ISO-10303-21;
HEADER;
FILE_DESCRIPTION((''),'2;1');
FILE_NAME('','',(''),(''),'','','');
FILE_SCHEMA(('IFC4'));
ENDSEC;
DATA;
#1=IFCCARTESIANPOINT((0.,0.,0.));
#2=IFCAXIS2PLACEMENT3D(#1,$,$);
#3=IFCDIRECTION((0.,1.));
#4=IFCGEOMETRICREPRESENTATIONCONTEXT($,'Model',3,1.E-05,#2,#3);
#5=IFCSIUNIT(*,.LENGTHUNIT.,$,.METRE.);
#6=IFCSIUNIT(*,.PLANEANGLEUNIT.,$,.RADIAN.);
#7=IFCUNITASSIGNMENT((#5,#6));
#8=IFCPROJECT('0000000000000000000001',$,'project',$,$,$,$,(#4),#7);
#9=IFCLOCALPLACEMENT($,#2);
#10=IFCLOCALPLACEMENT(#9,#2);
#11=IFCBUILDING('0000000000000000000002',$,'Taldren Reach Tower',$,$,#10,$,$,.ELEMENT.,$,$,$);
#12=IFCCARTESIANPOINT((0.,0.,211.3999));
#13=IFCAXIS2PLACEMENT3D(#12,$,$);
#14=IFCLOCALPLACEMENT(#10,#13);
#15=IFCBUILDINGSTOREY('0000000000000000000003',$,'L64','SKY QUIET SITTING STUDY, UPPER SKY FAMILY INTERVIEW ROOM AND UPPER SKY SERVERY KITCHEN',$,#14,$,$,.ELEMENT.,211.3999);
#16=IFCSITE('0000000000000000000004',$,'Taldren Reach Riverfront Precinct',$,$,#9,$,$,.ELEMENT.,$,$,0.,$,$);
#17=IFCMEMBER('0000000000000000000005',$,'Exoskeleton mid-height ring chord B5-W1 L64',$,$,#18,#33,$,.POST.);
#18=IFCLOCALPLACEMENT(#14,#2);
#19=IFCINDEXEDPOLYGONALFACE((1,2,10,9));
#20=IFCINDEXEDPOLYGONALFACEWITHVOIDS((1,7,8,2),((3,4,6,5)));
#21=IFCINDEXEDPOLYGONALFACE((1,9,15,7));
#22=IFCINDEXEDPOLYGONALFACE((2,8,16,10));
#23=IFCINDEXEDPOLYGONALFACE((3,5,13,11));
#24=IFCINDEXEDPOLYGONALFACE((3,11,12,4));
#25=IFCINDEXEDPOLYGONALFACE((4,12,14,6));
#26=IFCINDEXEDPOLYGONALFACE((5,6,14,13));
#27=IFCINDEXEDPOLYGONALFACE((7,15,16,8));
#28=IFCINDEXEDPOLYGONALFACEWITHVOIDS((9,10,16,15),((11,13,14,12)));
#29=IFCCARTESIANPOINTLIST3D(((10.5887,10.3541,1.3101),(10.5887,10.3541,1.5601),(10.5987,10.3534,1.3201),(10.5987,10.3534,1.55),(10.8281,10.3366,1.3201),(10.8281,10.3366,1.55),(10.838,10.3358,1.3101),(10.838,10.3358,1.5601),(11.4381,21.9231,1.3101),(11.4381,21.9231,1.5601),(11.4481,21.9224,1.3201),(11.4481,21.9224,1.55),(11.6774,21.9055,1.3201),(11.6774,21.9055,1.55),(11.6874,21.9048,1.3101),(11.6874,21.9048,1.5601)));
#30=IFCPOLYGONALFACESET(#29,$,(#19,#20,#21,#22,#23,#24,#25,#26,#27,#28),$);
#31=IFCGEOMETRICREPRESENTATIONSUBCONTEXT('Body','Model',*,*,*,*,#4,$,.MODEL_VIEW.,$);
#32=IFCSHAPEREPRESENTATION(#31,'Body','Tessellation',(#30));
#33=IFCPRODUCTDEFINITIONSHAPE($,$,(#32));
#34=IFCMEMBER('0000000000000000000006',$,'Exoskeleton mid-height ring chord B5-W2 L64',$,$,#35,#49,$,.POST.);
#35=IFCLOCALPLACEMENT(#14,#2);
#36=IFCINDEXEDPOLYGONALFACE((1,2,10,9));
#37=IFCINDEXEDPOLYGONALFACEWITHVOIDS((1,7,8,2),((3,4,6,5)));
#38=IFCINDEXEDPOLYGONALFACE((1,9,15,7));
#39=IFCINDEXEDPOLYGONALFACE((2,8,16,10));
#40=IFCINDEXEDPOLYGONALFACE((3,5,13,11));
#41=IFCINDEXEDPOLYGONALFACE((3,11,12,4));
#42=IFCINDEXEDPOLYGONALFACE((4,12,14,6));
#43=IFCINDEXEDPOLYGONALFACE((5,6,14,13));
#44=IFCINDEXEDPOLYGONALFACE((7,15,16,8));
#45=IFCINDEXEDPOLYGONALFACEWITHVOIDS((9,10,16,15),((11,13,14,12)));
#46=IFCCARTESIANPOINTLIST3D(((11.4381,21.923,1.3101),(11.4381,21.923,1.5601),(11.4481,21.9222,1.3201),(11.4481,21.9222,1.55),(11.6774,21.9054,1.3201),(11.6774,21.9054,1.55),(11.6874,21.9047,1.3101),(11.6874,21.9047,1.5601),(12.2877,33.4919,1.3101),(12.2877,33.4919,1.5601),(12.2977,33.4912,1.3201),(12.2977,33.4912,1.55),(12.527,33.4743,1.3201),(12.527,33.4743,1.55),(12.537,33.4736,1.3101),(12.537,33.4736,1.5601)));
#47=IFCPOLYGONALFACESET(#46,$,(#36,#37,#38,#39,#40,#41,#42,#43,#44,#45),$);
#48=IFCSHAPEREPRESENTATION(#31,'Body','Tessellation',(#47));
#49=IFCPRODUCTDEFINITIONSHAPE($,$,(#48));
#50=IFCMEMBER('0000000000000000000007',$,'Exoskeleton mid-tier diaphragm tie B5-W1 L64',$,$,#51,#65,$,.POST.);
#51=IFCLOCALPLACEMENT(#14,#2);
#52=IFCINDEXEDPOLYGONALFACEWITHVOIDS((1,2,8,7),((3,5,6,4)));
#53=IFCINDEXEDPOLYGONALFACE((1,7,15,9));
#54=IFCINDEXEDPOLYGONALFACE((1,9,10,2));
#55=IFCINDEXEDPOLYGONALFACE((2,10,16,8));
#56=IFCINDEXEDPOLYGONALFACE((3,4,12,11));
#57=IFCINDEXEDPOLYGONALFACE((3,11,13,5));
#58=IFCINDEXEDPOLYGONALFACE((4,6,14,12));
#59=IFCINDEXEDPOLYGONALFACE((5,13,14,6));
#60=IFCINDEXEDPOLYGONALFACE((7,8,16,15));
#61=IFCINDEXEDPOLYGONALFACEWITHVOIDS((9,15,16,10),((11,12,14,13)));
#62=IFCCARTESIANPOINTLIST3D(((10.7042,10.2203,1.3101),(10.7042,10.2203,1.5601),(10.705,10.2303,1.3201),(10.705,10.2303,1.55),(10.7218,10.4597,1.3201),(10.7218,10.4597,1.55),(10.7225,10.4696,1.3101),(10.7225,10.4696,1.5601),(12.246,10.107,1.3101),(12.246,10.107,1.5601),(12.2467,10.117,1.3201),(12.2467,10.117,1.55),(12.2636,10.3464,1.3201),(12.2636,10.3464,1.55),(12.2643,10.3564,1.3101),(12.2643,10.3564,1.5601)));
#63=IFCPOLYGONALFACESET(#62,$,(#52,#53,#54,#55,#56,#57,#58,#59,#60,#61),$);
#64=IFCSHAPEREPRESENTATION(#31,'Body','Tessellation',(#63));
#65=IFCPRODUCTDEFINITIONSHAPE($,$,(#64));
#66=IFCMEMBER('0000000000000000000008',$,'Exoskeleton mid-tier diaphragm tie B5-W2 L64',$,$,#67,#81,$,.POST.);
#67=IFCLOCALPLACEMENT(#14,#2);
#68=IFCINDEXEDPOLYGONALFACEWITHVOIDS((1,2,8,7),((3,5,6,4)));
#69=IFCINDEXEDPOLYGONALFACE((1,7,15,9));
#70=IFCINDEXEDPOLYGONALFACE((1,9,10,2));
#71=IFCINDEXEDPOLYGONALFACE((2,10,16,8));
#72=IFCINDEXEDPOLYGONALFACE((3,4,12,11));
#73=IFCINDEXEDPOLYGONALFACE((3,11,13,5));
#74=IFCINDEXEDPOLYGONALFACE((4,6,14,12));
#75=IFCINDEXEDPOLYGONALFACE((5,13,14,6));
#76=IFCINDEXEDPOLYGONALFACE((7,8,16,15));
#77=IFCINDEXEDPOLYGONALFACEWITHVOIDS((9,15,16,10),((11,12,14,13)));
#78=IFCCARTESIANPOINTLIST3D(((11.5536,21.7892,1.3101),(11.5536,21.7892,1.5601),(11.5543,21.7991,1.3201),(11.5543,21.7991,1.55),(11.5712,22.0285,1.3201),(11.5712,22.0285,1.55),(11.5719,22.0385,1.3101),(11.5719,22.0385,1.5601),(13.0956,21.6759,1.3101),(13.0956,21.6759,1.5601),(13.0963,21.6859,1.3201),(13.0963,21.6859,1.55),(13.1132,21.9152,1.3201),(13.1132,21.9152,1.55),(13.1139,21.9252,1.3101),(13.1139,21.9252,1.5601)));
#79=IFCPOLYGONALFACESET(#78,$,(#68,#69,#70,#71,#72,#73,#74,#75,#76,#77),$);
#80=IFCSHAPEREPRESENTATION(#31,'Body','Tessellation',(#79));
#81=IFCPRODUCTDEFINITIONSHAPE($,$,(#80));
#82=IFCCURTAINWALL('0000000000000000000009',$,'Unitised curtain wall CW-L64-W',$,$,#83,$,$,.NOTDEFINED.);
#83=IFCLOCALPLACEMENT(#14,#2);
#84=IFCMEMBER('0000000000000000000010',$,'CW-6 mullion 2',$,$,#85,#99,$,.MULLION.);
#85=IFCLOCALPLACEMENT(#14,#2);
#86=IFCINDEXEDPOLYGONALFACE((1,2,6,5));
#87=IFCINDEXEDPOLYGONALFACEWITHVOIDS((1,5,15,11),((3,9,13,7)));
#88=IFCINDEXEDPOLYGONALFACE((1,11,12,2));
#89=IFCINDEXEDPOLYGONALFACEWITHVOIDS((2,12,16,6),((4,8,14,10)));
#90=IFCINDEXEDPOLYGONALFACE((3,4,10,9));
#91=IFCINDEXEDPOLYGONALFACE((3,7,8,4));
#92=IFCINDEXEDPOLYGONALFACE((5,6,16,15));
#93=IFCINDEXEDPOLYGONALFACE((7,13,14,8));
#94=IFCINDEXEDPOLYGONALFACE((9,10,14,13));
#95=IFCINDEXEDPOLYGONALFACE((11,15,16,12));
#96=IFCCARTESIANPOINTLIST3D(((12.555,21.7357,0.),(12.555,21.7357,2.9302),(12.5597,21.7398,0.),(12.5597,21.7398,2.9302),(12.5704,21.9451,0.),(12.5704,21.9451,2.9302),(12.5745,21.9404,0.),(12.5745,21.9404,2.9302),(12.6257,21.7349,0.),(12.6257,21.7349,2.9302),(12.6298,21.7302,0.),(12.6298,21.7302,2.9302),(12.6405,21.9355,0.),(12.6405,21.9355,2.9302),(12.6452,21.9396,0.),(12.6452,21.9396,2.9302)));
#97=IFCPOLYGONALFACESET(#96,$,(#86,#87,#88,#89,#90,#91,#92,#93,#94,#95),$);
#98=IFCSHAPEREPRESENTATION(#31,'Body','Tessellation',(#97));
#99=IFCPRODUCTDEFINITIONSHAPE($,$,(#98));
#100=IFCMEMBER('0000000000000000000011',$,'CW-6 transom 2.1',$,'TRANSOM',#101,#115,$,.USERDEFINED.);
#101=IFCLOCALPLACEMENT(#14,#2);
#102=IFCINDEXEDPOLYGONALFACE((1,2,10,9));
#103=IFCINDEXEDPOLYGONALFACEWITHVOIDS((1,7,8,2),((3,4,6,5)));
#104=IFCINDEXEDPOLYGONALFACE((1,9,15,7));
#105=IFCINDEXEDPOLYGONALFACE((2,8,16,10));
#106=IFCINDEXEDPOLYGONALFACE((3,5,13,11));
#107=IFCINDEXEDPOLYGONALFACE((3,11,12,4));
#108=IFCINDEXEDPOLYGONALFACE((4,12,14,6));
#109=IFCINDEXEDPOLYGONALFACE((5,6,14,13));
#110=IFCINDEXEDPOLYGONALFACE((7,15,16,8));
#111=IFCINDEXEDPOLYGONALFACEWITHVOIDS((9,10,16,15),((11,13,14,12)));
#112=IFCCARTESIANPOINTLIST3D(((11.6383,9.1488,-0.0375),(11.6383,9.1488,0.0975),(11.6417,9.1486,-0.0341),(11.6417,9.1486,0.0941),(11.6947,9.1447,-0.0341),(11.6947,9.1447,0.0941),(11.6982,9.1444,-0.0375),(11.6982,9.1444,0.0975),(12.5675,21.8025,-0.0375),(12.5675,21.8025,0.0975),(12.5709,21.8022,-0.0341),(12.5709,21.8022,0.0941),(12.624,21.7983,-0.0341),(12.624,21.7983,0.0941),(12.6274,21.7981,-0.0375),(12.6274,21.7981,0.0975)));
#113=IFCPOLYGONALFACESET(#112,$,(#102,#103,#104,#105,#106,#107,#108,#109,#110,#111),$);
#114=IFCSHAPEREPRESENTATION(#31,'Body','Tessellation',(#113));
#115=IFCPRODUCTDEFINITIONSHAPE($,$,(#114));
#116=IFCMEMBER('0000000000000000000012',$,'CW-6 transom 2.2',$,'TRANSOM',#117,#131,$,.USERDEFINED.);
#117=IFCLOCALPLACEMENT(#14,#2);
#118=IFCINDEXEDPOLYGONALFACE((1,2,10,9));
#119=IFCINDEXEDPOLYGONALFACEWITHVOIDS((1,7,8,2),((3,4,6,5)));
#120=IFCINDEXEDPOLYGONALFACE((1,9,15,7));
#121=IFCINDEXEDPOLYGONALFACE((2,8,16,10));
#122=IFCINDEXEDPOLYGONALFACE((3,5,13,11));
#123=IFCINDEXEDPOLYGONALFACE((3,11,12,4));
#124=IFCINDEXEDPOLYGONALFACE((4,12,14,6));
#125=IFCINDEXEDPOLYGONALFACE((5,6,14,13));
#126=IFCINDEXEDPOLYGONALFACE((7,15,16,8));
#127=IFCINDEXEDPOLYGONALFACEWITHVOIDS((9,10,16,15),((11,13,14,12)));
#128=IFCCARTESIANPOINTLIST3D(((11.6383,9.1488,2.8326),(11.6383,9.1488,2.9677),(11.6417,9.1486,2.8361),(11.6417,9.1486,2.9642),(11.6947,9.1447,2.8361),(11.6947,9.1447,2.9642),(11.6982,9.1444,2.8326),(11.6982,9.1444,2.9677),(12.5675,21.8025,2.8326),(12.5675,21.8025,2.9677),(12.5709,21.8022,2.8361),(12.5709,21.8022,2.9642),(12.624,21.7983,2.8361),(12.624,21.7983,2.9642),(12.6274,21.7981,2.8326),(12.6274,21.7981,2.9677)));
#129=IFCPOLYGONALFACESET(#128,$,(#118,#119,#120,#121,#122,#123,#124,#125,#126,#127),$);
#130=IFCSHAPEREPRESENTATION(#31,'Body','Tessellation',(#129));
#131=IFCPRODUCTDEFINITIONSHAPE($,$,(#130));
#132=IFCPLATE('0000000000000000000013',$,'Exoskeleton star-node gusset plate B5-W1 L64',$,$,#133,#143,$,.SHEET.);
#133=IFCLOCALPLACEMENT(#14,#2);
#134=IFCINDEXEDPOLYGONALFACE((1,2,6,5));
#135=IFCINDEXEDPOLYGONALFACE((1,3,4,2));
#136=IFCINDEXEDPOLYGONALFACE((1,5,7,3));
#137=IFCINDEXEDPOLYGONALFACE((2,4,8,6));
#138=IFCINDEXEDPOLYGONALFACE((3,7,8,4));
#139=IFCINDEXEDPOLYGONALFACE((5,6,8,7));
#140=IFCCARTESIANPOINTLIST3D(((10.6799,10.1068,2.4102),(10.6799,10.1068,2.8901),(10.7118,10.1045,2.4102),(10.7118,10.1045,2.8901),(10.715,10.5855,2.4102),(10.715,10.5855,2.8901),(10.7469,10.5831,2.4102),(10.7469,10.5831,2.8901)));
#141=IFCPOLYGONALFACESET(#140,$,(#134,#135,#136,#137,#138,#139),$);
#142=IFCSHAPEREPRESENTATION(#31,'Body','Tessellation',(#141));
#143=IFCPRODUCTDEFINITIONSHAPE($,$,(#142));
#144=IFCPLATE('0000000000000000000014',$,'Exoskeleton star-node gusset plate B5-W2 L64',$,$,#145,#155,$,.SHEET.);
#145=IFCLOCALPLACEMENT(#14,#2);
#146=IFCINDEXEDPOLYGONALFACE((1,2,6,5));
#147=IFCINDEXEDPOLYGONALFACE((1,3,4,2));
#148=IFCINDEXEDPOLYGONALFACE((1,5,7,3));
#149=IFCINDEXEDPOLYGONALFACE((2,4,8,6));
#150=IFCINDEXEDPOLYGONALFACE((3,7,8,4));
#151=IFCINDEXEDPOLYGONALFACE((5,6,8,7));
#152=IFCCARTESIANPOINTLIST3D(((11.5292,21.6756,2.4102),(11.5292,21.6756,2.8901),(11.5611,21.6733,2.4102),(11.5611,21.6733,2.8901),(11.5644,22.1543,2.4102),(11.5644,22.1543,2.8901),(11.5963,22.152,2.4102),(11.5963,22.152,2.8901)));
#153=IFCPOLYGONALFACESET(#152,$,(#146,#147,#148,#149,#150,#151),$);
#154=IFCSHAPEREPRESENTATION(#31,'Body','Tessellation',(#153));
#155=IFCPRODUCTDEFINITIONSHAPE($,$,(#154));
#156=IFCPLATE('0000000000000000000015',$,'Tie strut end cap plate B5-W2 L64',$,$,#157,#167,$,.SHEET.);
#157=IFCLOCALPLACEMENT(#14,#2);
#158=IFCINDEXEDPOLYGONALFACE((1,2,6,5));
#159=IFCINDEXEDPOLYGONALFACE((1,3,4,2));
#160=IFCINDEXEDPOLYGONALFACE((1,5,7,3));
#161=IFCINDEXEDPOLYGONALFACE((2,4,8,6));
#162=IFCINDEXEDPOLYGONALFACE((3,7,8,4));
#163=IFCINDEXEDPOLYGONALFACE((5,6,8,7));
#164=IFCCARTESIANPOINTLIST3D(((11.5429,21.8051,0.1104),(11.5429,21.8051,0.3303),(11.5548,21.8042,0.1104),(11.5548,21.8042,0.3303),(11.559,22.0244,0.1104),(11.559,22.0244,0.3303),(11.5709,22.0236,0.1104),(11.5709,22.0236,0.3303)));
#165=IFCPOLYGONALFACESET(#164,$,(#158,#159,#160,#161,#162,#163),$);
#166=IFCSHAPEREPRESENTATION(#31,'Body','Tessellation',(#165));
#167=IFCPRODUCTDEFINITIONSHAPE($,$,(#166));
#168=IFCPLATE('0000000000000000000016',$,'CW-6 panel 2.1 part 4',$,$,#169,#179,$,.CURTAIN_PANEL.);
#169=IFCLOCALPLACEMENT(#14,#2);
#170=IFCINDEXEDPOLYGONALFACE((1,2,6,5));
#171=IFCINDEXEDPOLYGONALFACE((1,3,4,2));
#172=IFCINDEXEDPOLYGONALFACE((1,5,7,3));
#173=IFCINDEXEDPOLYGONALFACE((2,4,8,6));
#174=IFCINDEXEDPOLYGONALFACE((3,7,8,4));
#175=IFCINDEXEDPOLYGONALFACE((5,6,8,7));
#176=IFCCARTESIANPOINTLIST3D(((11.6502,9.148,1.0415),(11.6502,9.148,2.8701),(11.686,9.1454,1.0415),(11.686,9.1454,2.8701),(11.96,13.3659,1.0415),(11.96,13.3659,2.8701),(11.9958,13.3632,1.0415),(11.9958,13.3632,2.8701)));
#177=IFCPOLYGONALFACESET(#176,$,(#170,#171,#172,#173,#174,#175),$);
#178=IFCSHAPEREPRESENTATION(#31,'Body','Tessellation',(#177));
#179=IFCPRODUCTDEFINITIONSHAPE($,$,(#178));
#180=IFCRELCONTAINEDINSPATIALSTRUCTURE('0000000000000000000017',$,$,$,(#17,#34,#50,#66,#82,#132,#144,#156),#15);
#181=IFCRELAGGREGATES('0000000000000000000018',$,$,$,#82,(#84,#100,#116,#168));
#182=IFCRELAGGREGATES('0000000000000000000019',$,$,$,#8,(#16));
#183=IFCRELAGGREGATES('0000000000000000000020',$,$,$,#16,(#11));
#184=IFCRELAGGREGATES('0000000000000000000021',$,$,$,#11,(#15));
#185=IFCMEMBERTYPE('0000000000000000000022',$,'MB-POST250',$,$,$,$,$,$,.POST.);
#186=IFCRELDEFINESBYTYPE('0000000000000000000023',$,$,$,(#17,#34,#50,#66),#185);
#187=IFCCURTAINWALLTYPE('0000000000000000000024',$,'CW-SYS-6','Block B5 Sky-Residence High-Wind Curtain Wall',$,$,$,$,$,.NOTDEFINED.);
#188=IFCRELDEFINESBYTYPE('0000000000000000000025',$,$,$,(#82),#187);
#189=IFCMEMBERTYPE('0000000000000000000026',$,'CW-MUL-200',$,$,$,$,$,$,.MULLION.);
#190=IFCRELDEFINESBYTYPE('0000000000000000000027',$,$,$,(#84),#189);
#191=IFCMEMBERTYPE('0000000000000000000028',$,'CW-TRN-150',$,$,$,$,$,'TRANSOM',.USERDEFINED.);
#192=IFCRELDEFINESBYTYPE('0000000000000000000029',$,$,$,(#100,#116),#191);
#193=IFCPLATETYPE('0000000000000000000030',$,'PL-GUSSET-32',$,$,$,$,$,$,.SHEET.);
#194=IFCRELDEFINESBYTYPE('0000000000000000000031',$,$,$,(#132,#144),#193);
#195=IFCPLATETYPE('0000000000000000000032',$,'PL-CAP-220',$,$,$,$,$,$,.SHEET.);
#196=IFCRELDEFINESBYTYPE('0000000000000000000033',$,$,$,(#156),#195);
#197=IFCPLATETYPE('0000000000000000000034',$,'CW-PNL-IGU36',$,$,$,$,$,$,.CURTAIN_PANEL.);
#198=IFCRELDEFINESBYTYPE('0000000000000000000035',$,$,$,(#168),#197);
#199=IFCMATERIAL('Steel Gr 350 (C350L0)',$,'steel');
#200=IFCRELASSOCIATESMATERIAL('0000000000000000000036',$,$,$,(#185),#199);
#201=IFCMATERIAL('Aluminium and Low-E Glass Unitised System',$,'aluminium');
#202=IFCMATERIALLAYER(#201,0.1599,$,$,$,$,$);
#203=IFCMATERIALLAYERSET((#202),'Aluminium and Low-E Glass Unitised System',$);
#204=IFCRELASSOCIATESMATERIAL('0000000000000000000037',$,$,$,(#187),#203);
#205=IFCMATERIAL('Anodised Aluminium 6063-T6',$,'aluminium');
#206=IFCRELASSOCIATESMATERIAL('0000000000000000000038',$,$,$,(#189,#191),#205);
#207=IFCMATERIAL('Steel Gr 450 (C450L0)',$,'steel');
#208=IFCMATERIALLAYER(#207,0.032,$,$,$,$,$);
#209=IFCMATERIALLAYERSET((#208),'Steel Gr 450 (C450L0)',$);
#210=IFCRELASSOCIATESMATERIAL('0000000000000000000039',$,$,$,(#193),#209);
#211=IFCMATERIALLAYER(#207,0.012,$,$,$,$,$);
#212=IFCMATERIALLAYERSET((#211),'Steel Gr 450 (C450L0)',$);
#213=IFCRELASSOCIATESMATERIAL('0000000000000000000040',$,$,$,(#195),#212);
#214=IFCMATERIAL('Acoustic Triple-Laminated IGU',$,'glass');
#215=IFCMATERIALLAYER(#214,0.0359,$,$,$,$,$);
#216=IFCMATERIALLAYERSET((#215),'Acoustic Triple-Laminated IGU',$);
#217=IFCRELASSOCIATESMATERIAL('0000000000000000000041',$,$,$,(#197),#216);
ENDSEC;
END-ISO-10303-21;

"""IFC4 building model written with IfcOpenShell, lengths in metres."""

from ifc_helpers import new_model, si_unit, direction, frame, origin, origin_2d, place, context, subcontext, project, spatial, rectangle, hollow_rectangle, extrude, source, transform, mapped, material, layer, layer_set, material_profile, profile_set, type_object, element, aggregate, save


model = new_model("IFC4")

# Units and contexts
model_context = context("Model", 3, precision=1e-05, world=origin(), true_north=direction((0.0, 1.0)))
body_context = subcontext(model_context, "Body", "Model", "MODEL_VIEW")
ifc_project = project(units=[si_unit("LENGTHUNIT", "METRE"), si_unit("PLANEANGLEUNIT", "RADIAN")], contexts=[model_context])

# Site, building, storey
site_placement = place(None, origin())
site = spatial("IfcSite", under=ifc_project, at=site_placement, Name="Taldren Reach Riverfront Precinct", CompositionType="ELEMENT", RefElevation=0.0)
building_placement = place(site_placement, origin())
building = spatial("IfcBuilding", under=site, at=building_placement, Name="Taldren Reach Tower", CompositionType="ELEMENT")
storey_placement = place(building_placement, frame((0.0, 0.0, 211.3999)))
storey = spatial("IfcBuildingStorey", under=building, at=storey_placement, Name="L64", Description="SKY QUIET SITTING STUDY, UPPER SKY FAMILY INTERVIEW ROOM AND UPPER SKY SERVERY KITCHEN", CompositionType="ELEMENT", Elevation=211.3999)

# Members
ifc_material_1 = material(Name="Steel Gr 450 (C450L0)", Category="steel")
ifc_material_2 = material(Name="Steel Gr 350 (C350L0)", Category="steel")
ifc_material_profile_1 = material_profile(ifc_material_2, hollow_rectangle(XDim=0.25, YDim=0.25, WallThickness=0.01, at=origin_2d()), Name="250x250x10.0SHS")
ifc_profile_set_1 = profile_set([ifc_material_profile_1], Name="Steel Gr 350 (C350L0)")
member_type_1 = type_object("IfcMemberType", Name="MB-POST250", PredefinedType="POST", material=ifc_profile_set_1)
shared_shape_1 = source(origin(), body_context, "Body", "SweptSolid", [
    extrude(hollow_rectangle(XDim=0.25, YDim=0.25, WallThickness=0.01, at=origin_2d()), origin(), (0.0, 0.0, 1.0), 11.6001),
])
for number, where, z_axis, x_axis, name in (
    (1, (10.7134, 10.345, 1.4351), (0.073221, 0.997316, 0.0), (-0.997316, 0.073221, 0.0), "Exoskeleton mid-height ring chord B5-W1 L64"),
    (2, (11.5627, 21.9138, 1.4351), (0.073242, 0.997314, 0.0), (-0.997314, 0.073242, 0.0), "Exoskeleton mid-height ring chord B5-W2 L64"),
):
    element("IfcMember", number, at=place(storey_placement, frame(where, z_axis=z_axis, x_axis=x_axis)), inside=storey, type_object=member_type_1, Name=name, PredefinedType="POST", context=body_context, shape_type="MappedRepresentation", body=[
        mapped(shared_shape_1, transform((0.0, 0.0, 0.0), scale=1.0)),
    ])
shared_shape_2 = source(origin(), body_context, "Body", "SweptSolid", [
    extrude(hollow_rectangle(XDim=0.25, YDim=0.25, WallThickness=0.01, at=origin_2d()), origin(), (0.0, 0.0, 1.0), 1.5459),
])
member_1_placement = place(storey_placement, frame((12.2551, 10.2317, 1.4351), z_axis=(-0.997312, 0.073278, 0.0), x_axis=(-0.073278, -0.997312, 0.0)))
element("IfcMember", 3, at=member_1_placement, inside=storey, type_object=member_type_1, Name="Exoskeleton mid-tier diaphragm tie B5-W1 L64", PredefinedType="POST", context=body_context, shape_type="MappedRepresentation", body=[
    mapped(shared_shape_2, transform((0.0, 0.0, 0.0), scale=1.0)),
])
shared_shape_3 = source(origin(), body_context, "Body", "SweptSolid", [
    extrude(hollow_rectangle(XDim=0.25, YDim=0.25, WallThickness=0.01, at=origin_2d()), origin(), (0.0, 0.0, 1.0), 1.5461),
])
member_2_placement = place(storey_placement, frame((13.1047, 21.8005, 1.4351), z_axis=(-0.997312, 0.073267, 0.0), x_axis=(-0.073267, -0.997312, 0.0)))
element("IfcMember", 4, at=member_2_placement, inside=storey, type_object=member_type_1, Name="Exoskeleton mid-tier diaphragm tie B5-W2 L64", PredefinedType="POST", context=body_context, shape_type="MappedRepresentation", body=[
    mapped(shared_shape_3, transform((0.0, 0.0, 0.0), scale=1.0)),
])

# Curtain wall, members
ifc_material_3 = material(Name="Aluminium and Low-E Glass Unitised System", Category="aluminium")
ifc_layer_1 = layer(ifc_material_3, 0.1599)
ifc_layer_set_1 = layer_set([ifc_layer_1], Name="Aluminium and Low-E Glass Unitised System")
curtain_wall_type = type_object("IfcCurtainWallType", Name="CW-SYS-6", Description="Block B5 Sky-Residence High-Wind Curtain Wall", PredefinedType="NOTDEFINED", material=ifc_layer_set_1)
curtain_wall_placement = place(storey_placement, origin())
curtain_wall = element("IfcCurtainWall", 5, at=curtain_wall_placement, inside=storey, type_object=curtain_wall_type, Name="Unitised curtain wall CW-L64-W", PredefinedType="NOTDEFINED")
ifc_material_4 = material(Name="Anodised Aluminium 6063-T6", Category="aluminium")
ifc_material_profile_2 = material_profile(ifc_material_4, hollow_rectangle(XDim=0.075, YDim=0.21, WallThickness=0.0044, at=origin_2d()), Name="ALU-210x75x4.5RHS")
ifc_profile_set_2 = profile_set([ifc_material_profile_2], Name="Anodised Aluminium 6063-T6")
member_type_2 = type_object("IfcMemberType", Name="CW-MUL-200", PredefinedType="MULLION", material=ifc_profile_set_2)
shared_shape_4 = source(origin(), body_context, "Body", "SweptSolid", [
    extrude(hollow_rectangle(XDim=0.075, YDim=0.21, WallThickness=0.0044, at=origin_2d()), origin(), (0.0, 0.0, 1.0), 2.9302),
])
member_3_placement = place(storey_placement, frame((12.6001, 21.8376, 0.0), z_axis=(0.0, 0.0, 1.0), x_axis=(0.997314, -0.073238, 0.0)))
member_3 = element("IfcMember", 6, at=member_3_placement, type_object=member_type_2, Name="CW-6 mullion 2", PredefinedType="MULLION", context=body_context, shape_type="MappedRepresentation", body=[
    mapped(shared_shape_4, transform((0.0, 0.0, 0.0), scale=1.0)),
])
ifc_material_profile_3 = material_profile(ifc_material_4, hollow_rectangle(XDim=0.0601, YDim=0.135, WallThickness=0.0034, at=origin_2d()), Name="ALU-135x60x3.5RHS")
ifc_profile_set_3 = profile_set([ifc_material_profile_3], Name="Anodised Aluminium 6063-T6")
member_type_3 = type_object("IfcMemberType", Name="CW-TRN-150", ElementType="TRANSOM", PredefinedType="USERDEFINED", material=ifc_profile_set_3)
shared_shape_5 = source(origin(), body_context, "Body", "SweptSolid", [
    extrude(hollow_rectangle(XDim=0.0601, YDim=0.135, WallThickness=0.0034, at=origin_2d()), origin(), (0.0, 0.0, 1.0), 12.6877),
])
member_4_placement = place(storey_placement, frame((12.5974, 21.8003, 0.03), z_axis=(-0.073237, -0.997315, 0.0), x_axis=(0.997315, -0.073237, 0.0)))
member_4 = element("IfcMember", 7, at=member_4_placement, type_object=member_type_3, Name="CW-6 transom 2.1", ObjectType="TRANSOM", PredefinedType="USERDEFINED", context=body_context, shape_type="MappedRepresentation", body=[
    mapped(shared_shape_5, transform((0.0, 0.0, 0.0), scale=1.0)),
])
member_5_placement = place(storey_placement, frame((12.5974, 21.8003, 2.9001), z_axis=(-0.073237, -0.997315, 0.0), x_axis=(0.997315, -0.073237, 0.0)))
member_5 = element("IfcMember", 8, at=member_5_placement, type_object=member_type_3, Name="CW-6 transom 2.2", ObjectType="TRANSOM", PredefinedType="USERDEFINED", context=body_context, shape_type="MappedRepresentation", body=[
    mapped(shared_shape_5, transform((0.0, 0.0, 0.0), scale=1.0)),
])

# Plates
ifc_layer_2 = layer(ifc_material_1, 0.032)
ifc_layer_set_2 = layer_set([ifc_layer_2], Name="Steel Gr 450 (C450L0)")
plate_type_1 = type_object("IfcPlateType", Name="PL-GUSSET-32", PredefinedType="SHEET", material=ifc_layer_set_2)
shared_shape_6 = source(origin(), body_context, "Body", "SweptSolid", [
    extrude(rectangle(XDim=0.48, YDim=0.032, at=origin_2d()), origin(), (0.0, 0.0, 1.0), 0.48),
])
for number, where, z_axis, x_axis, name in (
    (9, (10.7134, 10.345, 2.4102), (0.0, 0.0, 1.0), (0.073238, 0.997314, 0.0), "Exoskeleton star-node gusset plate B5-W1 L64"),
    (10, (11.5627, 21.9138, 2.4102), (0.0, 0.0, 1.0), (0.073238, 0.997314, 0.0), "Exoskeleton star-node gusset plate B5-W2 L64"),
):
    element("IfcPlate", number, at=place(storey_placement, frame(where, z_axis=z_axis, x_axis=x_axis)), inside=storey, type_object=plate_type_1, Name=name, PredefinedType="SHEET", context=body_context, shape_type="MappedRepresentation", body=[
        mapped(shared_shape_6, transform((0.0, 0.0, 0.0), scale=1.0)),
    ])
ifc_layer_3 = layer(ifc_material_1, 0.012)
ifc_layer_set_3 = layer_set([ifc_layer_3], Name="Steel Gr 450 (C450L0)")
plate_type_2 = type_object("IfcPlateType", Name="PL-CAP-220", PredefinedType="SHEET", material=ifc_layer_set_3)
shared_shape_7 = source(origin(), body_context, "Body", "SweptSolid", [
    extrude(rectangle(XDim=0.012, YDim=0.22, at=origin_2d()), origin(), (0.0, 0.0, 1.0), 0.22),
])
plate_1_placement = place(storey_placement, frame((11.5569, 21.9143, 0.1104), z_axis=(0.0, 0.0, 1.0), x_axis=(0.997314, -0.073238, 0.0)))
element("IfcPlate", 11, at=plate_1_placement, inside=storey, type_object=plate_type_2, Name="Tie strut end cap plate B5-W2 L64", PredefinedType="SHEET", context=body_context, shape_type="MappedRepresentation", body=[
    mapped(shared_shape_7, transform((0.0, 0.0, 0.0), scale=1.0)),
])

# Plate
ifc_material_5 = material(Name="Acoustic Triple-Laminated IGU", Category="glass")
ifc_layer_4 = layer(ifc_material_5, 0.0359)
ifc_layer_set_4 = layer_set([ifc_layer_4], Name="Acoustic Triple-Laminated IGU")
plate_type_3 = type_object("IfcPlateType", Name="CW-PNL-IGU36", PredefinedType="CURTAIN_PANEL", material=ifc_layer_set_4)
shared_shape_8 = source(origin(), body_context, "Body", "SweptSolid", [
    extrude(rectangle(XDim=4.2292, YDim=0.0359, at=origin_2d()), origin(), (0.0, 0.0, 1.0), 1.8286),
])
plate_2_placement = place(storey_placement, frame((11.823, 11.2556, 1.0415), z_axis=(0.0, 0.0, 1.0), x_axis=(-0.073238, -0.997314, 0.0)))
plate_2 = element("IfcPlate", 12, at=plate_2_placement, type_object=plate_type_3, Name="CW-6 panel 2.1 part 4", PredefinedType="CURTAIN_PANEL", context=body_context, shape_type="MappedRepresentation", body=[
    mapped(shared_shape_8, transform((0.0, 0.0, 0.0), scale=1.0)),
])
aggregate(curtain_wall, [member_3, member_4, member_5, plate_2])

save(model, "model.ifc")
